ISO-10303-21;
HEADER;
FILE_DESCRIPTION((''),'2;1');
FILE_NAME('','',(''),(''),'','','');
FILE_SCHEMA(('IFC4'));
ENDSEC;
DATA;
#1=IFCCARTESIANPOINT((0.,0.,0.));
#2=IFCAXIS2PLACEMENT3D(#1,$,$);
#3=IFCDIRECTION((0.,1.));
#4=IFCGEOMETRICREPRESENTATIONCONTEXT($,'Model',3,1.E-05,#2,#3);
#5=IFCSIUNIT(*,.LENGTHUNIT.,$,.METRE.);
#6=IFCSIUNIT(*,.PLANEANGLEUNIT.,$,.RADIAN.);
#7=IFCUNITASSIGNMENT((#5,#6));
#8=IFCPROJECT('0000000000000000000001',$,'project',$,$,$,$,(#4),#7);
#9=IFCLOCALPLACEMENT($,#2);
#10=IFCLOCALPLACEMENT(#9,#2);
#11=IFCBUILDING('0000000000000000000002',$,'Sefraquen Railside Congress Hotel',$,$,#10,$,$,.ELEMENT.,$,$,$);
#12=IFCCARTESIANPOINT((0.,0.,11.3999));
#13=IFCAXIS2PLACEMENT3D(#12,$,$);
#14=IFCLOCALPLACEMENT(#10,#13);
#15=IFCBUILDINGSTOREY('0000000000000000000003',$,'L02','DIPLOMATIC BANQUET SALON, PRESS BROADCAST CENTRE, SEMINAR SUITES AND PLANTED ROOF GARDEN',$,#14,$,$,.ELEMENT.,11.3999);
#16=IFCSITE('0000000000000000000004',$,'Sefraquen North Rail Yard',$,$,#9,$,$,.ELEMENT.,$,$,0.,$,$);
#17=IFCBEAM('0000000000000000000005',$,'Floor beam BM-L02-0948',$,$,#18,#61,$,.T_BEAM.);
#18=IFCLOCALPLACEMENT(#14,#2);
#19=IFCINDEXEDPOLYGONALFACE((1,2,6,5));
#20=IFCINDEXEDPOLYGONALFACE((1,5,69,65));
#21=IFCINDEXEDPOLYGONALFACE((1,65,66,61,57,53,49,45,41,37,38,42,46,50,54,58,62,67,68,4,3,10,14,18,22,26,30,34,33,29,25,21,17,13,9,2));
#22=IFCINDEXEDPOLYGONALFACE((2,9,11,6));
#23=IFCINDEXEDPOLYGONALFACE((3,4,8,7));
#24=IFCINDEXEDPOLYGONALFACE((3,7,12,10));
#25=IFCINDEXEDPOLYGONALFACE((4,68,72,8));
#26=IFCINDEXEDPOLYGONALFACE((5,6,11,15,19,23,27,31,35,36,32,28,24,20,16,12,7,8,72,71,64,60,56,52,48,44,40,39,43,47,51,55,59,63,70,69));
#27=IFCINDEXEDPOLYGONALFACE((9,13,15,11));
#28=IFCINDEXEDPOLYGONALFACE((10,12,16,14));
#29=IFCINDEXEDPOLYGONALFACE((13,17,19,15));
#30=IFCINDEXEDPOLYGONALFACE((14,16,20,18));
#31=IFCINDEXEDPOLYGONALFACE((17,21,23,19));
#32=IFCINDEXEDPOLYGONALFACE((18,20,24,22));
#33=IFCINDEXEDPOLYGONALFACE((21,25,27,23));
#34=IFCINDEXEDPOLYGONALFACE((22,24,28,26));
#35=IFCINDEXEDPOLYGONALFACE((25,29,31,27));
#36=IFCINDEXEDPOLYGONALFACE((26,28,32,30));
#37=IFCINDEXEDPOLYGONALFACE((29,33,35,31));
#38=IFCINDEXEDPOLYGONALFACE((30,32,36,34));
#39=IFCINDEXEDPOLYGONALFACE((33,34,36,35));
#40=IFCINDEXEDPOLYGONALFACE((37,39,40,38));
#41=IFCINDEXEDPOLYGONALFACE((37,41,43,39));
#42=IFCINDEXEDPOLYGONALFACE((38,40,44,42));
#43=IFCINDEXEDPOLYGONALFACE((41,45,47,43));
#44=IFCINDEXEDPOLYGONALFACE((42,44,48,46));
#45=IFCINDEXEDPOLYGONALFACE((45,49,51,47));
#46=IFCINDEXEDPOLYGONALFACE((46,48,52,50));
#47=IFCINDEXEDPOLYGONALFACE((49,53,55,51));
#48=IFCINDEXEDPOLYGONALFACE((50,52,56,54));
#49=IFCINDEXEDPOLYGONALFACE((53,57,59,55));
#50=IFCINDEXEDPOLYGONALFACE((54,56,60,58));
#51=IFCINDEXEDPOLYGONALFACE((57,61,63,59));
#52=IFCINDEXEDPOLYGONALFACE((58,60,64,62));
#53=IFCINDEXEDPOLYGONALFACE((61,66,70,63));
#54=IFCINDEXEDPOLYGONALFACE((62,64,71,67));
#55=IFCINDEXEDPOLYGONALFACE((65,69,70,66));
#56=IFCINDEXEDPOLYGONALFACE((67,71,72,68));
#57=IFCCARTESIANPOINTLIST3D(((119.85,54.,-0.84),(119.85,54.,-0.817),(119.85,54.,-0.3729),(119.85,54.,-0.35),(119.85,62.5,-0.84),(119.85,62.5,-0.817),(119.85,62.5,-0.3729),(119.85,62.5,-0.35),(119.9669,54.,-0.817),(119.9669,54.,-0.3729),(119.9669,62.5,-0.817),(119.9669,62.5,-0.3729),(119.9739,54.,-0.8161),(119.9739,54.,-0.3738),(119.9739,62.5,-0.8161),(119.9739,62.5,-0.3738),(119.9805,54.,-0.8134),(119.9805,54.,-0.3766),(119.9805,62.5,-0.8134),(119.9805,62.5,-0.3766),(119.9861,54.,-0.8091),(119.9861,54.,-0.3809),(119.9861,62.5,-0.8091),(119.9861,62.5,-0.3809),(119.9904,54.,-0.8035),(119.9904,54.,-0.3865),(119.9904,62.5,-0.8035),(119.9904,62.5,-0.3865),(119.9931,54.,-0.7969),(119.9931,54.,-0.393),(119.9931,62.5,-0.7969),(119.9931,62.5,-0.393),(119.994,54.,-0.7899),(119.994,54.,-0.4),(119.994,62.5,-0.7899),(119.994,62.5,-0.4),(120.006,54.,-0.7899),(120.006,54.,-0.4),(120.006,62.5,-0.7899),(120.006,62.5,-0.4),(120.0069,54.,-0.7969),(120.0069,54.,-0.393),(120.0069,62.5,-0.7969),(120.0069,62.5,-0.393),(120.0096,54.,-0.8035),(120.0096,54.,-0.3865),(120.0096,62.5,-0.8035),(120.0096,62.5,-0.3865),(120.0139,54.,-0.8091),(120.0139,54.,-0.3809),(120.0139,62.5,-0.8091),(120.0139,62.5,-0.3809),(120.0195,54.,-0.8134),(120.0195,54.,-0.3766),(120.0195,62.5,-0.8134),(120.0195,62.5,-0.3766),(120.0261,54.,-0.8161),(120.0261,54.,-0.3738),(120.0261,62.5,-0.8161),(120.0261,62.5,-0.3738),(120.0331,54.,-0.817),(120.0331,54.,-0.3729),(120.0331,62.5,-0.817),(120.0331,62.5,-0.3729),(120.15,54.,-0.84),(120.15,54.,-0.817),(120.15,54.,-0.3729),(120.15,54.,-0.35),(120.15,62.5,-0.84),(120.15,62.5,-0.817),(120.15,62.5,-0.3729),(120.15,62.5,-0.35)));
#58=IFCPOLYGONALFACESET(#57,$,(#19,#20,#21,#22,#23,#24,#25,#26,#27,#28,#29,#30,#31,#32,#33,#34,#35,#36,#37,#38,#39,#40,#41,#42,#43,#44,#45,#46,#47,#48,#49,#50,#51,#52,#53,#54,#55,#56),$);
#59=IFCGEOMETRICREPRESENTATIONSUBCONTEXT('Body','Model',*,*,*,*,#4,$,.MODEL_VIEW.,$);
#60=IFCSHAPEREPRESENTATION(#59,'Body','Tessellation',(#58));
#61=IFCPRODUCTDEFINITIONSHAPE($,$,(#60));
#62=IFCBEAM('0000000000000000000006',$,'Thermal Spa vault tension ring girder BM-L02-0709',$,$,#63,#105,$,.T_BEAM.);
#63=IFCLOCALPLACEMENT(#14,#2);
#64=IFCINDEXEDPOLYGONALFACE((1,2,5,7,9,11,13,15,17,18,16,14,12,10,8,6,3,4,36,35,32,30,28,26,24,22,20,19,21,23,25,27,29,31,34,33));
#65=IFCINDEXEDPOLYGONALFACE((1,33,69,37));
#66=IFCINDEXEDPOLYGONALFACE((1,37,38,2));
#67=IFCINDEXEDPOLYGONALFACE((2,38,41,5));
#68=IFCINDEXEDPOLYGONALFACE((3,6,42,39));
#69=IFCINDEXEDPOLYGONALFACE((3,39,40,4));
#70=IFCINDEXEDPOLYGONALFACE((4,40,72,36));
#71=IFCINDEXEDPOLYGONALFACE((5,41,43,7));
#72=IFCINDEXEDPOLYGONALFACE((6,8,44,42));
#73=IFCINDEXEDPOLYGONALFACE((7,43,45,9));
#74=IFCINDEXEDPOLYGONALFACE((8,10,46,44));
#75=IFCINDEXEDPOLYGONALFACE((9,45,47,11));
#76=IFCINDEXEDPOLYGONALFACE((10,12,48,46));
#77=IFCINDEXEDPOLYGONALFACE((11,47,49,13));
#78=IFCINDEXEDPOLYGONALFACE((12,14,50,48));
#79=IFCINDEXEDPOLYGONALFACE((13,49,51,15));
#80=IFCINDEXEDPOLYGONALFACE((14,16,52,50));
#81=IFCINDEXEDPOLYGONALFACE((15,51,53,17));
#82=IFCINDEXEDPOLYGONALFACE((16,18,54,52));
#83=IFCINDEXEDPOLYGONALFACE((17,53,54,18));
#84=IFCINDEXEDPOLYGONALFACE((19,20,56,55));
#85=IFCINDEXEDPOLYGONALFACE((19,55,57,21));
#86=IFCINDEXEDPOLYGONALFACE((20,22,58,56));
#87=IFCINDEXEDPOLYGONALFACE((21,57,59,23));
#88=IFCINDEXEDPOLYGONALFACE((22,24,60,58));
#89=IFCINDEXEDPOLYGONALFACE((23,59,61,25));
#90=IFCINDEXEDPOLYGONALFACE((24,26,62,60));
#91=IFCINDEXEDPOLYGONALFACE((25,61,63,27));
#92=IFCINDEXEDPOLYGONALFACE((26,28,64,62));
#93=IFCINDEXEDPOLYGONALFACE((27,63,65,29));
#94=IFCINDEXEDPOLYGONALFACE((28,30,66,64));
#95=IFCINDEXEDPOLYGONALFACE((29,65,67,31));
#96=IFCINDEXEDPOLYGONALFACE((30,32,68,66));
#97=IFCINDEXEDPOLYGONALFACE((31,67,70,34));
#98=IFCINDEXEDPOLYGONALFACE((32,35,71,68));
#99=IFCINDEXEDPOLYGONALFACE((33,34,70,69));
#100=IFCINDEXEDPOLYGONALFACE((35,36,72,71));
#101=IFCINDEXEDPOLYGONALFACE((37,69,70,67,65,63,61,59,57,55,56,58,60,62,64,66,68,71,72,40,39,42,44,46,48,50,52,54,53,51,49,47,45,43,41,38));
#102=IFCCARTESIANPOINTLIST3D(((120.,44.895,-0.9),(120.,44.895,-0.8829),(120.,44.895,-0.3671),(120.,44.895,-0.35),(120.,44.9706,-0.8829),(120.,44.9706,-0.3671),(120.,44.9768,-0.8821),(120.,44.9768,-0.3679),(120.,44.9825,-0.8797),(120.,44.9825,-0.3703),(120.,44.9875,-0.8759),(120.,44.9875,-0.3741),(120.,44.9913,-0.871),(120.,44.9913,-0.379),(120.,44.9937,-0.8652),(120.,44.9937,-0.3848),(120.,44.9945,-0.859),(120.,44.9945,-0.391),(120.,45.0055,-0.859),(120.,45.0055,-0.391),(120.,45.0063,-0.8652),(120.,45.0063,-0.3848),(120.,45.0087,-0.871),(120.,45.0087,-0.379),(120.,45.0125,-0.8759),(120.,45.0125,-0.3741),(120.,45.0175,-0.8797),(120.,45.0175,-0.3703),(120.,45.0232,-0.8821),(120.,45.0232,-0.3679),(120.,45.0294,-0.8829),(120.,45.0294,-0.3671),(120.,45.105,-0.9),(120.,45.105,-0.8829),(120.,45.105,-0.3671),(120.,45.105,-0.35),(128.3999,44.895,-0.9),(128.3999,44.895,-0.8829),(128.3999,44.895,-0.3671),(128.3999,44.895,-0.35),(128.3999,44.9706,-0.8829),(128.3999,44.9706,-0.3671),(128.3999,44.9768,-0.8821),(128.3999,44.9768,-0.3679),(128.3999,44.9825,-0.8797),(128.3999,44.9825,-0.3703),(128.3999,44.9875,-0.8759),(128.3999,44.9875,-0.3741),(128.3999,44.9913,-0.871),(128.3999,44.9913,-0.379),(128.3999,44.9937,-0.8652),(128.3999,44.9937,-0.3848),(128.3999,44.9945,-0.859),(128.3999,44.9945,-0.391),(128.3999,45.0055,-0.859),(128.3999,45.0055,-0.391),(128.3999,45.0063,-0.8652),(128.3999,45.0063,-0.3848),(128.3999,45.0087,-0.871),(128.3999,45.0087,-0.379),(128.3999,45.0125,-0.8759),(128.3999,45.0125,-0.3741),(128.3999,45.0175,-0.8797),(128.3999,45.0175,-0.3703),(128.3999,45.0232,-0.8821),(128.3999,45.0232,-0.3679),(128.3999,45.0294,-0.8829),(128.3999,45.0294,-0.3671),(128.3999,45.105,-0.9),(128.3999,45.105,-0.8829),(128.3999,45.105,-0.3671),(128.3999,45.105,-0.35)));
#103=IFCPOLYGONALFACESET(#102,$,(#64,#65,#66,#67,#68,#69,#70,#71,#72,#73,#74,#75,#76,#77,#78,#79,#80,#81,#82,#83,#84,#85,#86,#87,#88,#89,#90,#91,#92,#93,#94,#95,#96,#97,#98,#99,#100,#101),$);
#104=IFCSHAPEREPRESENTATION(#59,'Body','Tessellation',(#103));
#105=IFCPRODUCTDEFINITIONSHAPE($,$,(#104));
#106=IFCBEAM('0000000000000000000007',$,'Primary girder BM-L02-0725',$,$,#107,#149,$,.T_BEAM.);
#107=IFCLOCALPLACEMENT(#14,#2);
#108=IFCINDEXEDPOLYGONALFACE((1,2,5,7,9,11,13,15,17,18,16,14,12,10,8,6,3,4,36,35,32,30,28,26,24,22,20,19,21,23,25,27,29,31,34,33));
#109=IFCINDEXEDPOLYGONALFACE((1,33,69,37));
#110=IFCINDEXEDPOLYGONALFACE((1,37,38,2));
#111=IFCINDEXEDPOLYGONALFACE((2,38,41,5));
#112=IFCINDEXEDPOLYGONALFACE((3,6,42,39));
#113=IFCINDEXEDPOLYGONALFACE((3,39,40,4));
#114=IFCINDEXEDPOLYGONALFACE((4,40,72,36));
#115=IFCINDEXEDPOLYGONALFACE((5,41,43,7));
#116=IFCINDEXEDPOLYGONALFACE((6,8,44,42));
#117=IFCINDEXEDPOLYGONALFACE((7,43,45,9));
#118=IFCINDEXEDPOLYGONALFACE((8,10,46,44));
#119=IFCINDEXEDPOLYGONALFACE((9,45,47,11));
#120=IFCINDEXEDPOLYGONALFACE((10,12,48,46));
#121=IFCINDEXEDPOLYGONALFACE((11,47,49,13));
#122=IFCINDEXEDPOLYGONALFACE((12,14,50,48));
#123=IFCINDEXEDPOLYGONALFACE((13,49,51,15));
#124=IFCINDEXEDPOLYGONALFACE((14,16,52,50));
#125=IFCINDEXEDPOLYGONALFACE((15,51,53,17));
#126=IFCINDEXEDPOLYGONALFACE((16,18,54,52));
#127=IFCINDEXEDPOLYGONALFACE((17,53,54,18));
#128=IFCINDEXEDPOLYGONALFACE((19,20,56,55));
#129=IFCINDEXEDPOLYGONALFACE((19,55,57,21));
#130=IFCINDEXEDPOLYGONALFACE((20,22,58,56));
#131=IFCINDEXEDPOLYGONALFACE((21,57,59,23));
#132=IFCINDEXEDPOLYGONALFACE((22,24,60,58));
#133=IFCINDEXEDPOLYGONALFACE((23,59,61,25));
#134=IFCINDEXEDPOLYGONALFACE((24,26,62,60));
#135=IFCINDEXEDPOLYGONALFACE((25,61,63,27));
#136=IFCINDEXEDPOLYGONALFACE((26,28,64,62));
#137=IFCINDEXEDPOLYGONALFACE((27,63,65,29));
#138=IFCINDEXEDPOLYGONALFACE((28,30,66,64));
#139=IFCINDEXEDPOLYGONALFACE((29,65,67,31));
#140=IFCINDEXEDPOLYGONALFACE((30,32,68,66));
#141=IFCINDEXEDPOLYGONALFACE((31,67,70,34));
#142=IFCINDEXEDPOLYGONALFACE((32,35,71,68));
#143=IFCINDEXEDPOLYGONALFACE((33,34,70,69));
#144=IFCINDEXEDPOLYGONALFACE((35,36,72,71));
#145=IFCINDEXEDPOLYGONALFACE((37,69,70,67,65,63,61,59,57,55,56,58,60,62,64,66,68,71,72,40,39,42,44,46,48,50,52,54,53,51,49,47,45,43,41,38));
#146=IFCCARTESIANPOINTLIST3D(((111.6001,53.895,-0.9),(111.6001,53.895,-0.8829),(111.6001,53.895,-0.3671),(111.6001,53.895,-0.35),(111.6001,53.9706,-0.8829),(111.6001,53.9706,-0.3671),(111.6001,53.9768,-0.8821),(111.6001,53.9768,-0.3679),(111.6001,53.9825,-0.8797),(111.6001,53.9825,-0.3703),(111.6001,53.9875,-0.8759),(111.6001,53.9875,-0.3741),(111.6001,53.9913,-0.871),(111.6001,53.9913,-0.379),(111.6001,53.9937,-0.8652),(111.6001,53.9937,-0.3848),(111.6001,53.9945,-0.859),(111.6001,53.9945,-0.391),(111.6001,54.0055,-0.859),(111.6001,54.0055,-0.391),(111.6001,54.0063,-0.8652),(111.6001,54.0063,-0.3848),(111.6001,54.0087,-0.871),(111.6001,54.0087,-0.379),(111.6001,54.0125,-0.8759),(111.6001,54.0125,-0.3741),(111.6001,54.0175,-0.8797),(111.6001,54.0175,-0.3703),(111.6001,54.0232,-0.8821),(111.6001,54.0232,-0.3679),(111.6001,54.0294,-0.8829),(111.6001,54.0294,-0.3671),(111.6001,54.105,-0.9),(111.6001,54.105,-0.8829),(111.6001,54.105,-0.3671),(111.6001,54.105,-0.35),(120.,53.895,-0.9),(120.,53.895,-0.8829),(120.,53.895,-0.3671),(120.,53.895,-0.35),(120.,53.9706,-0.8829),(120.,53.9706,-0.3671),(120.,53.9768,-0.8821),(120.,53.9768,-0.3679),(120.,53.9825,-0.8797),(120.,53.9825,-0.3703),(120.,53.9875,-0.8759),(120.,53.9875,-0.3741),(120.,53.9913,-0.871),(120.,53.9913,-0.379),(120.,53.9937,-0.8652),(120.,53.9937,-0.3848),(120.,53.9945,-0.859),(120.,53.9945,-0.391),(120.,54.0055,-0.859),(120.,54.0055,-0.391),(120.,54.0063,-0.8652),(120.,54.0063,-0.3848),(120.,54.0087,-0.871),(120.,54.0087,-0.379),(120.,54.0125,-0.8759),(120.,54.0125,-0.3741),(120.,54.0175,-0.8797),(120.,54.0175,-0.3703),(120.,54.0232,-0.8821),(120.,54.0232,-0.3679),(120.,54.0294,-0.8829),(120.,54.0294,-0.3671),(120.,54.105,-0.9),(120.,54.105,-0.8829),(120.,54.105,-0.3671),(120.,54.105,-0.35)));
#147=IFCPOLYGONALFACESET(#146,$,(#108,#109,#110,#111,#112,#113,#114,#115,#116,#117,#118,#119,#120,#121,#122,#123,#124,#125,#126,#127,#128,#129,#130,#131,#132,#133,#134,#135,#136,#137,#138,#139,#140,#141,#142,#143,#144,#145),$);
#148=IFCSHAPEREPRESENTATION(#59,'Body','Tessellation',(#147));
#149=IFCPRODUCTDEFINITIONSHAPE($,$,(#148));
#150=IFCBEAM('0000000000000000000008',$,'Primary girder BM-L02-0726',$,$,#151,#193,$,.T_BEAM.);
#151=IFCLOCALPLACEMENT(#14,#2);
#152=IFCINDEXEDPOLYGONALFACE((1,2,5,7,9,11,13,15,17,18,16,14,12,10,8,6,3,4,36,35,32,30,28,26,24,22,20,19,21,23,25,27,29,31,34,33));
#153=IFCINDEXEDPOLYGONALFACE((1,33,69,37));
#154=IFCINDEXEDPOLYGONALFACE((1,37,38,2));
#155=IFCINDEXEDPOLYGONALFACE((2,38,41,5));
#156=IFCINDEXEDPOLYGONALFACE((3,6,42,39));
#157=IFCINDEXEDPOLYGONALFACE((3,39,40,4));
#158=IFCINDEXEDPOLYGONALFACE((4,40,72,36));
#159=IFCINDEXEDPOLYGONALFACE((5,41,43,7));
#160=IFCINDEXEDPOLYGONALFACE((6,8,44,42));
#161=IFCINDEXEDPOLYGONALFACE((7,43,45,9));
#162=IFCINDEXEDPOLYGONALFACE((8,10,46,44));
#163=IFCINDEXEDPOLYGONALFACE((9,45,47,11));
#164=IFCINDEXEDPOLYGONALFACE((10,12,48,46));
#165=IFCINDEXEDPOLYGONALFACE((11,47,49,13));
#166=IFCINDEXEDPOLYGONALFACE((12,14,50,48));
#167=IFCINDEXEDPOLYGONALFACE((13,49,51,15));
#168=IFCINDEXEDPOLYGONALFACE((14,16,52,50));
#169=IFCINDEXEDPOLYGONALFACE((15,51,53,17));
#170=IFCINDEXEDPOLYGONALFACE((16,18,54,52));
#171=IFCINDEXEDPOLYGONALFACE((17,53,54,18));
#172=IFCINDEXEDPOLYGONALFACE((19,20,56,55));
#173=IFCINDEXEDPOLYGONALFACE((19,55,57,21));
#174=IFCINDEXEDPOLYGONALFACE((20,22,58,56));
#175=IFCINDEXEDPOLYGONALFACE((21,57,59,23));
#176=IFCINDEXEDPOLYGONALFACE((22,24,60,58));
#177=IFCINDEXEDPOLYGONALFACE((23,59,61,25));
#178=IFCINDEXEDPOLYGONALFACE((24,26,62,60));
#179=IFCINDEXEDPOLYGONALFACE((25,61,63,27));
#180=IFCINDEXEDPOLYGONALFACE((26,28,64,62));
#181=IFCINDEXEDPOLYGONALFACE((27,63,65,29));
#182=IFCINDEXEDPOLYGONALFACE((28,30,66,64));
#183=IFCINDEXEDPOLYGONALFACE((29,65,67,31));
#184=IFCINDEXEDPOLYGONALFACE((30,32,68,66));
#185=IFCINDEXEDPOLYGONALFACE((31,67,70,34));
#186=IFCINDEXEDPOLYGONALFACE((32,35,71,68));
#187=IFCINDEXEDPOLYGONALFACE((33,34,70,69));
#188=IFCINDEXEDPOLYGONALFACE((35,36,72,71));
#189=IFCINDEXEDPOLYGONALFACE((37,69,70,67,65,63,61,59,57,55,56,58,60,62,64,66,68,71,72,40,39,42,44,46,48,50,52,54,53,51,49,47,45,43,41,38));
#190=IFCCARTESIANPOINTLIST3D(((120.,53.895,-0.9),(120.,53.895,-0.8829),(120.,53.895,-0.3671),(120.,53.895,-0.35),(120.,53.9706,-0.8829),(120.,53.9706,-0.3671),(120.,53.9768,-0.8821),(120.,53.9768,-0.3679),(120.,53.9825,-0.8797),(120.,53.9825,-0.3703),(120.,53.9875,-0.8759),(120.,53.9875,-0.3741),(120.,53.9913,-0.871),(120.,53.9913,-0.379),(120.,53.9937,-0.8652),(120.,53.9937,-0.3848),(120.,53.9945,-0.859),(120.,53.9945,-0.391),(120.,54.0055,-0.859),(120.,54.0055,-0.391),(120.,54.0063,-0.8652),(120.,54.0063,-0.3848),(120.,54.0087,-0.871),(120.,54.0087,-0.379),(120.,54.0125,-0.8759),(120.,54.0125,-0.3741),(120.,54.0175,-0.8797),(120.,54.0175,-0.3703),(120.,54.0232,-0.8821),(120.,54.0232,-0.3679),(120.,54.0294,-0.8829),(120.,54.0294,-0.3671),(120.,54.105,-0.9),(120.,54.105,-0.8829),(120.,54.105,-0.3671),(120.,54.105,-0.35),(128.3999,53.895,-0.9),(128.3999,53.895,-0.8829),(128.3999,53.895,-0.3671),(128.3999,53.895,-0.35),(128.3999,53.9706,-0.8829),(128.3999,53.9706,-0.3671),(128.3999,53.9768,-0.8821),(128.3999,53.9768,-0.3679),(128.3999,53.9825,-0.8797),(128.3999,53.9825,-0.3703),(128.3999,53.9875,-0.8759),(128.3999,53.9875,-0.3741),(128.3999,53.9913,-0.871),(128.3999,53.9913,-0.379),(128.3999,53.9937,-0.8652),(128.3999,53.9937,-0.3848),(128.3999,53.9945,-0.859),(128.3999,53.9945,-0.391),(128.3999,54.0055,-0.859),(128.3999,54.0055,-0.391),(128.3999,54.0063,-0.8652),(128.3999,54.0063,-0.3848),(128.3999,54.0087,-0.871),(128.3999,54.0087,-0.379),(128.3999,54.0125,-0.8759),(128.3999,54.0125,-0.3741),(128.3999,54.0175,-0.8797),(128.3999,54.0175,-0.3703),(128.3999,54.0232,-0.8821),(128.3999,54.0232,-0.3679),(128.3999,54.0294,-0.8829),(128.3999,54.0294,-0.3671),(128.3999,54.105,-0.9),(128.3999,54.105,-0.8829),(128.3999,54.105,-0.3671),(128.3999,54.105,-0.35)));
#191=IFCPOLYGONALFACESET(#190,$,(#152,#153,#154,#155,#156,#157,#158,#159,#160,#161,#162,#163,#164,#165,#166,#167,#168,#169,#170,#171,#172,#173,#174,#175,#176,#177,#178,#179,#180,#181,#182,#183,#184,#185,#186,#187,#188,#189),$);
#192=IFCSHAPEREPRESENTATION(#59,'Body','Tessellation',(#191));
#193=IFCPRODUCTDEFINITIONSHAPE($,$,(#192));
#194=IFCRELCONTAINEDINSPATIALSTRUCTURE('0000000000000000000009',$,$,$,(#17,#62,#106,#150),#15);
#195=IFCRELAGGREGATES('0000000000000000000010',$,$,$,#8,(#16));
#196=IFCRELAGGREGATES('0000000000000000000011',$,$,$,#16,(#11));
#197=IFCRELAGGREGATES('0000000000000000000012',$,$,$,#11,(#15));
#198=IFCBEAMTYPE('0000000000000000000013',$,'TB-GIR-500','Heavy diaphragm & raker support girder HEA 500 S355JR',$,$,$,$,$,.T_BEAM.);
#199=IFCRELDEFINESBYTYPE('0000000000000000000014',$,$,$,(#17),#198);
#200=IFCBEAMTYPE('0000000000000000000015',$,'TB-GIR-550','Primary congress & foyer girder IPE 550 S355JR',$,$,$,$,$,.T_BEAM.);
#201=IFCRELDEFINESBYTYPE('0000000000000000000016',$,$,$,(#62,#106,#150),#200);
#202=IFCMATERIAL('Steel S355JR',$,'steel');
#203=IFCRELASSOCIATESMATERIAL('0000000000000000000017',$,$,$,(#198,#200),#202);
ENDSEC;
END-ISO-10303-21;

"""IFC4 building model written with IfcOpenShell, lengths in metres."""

from ifc_helpers import new_model, si_unit, direction, frame, origin, origin_2d, place, context, subcontext, project, spatial, i_section, extrude, material, material_profile, profile_set, type_object, element, save


model = new_model("IFC4")

# Units and contexts
model_context = context("Model", 3, precision=1e-05, world=origin(), true_north=direction((0.0, 1.0)))
body_context = subcontext(model_context, "Body", "Model", "MODEL_VIEW")
ifc_project = project(units=[si_unit("LENGTHUNIT", "METRE"), si_unit("PLANEANGLEUNIT", "RADIAN")], contexts=[model_context])

# Site, building, storey
site_placement = place(None, origin())
site = spatial("IfcSite", under=ifc_project, at=site_placement, Name="Sefraquen North Rail Yard", CompositionType="ELEMENT", RefElevation=0.0)
building_placement = place(site_placement, origin())
building = spatial("IfcBuilding", under=site, at=building_placement, Name="Sefraquen Railside Congress Hotel", CompositionType="ELEMENT")
storey_placement = place(building_placement, frame((0.0, 0.0, 11.3999)))
storey = spatial("IfcBuildingStorey", under=building, at=storey_placement, Name="L02", Description="DIPLOMATIC BANQUET SALON, PRESS BROADCAST CENTRE, SEMINAR SUITES AND PLANTED ROOF GARDEN", CompositionType="ELEMENT", Elevation=11.3999)

# Shared definitions
ifc_material_1 = material(Name="Steel S355JR", Category="steel")

# Beams
ifc_material_profile_1 = material_profile(ifc_material_1, i_section(OverallWidth=0.3, OverallDepth=0.49, WebThickness=0.012, FlangeThickness=0.0229, FilletRadius=0.0271, at=origin_2d()), Name="HEA 500")
ifc_profile_set_1 = profile_set([ifc_material_profile_1], Name="Steel S355JR")
beam_type_1 = type_object("IfcBeamType", Name="TB-GIR-500", Description="Heavy diaphragm & raker support girder HEA 500 S355JR", PredefinedType="T_BEAM", material=ifc_profile_set_1)
beam_1_placement = place(storey_placement, frame((120.0, 54.0, -0.595), z_axis=(0.0, 1.0, 0.0), x_axis=(-1.0, 0.0, 0.0)))
element("IfcBeam", 1, at=beam_1_placement, inside=storey, type_object=beam_type_1, Name="Floor beam BM-L02-0948", PredefinedType="T_BEAM", context=body_context, shape_type="SweptSolid", body=[
    extrude(i_section(OverallWidth=0.3, OverallDepth=0.49, WebThickness=0.012, FlangeThickness=0.0229, FilletRadius=0.0271, at=origin_2d()), origin(), (0.0, 0.0, 1.0), 8.5),
])
ifc_material_profile_2 = material_profile(ifc_material_1, i_section(OverallWidth=0.21, OverallDepth=0.55, WebThickness=0.011, FlangeThickness=0.0171, FilletRadius=0.0239, at=origin_2d()), Name="IPE 550")
ifc_profile_set_2 = profile_set([ifc_material_profile_2], Name="Steel S355JR")
beam_type_2 = type_object("IfcBeamType", Name="TB-GIR-550", Description="Primary congress & foyer girder IPE 550 S355JR", PredefinedType="T_BEAM", material=ifc_profile_set_2)
for number, where, z_axis, x_axis, name in (
    (2, (120.0, 45.0, -0.625), (1.0, 0.0, 0.0), (0.0, 1.0, 0.0), "Thermal Spa vault tension ring girder BM-L02-0709"),
    (3, (111.6001, 54.0, -0.625), (1.0, 0.0, 0.0), (0.0, 1.0, 0.0), "Primary girder BM-L02-0725"),
    (4, (120.0, 54.0, -0.625), (1.0, 0.0, 0.0), (0.0, 1.0, 0.0), "Primary girder BM-L02-0726"),
):
    element("IfcBeam", number, at=place(storey_placement, frame(where, z_axis=z_axis, x_axis=x_axis)), inside=storey, type_object=beam_type_2, Name=name, PredefinedType="T_BEAM", context=body_context, shape_type="SweptSolid", body=[
        extrude(i_section(OverallWidth=0.21, OverallDepth=0.55, WebThickness=0.011, FlangeThickness=0.0171, FilletRadius=0.0239, at=origin_2d()), origin(), (0.0, 0.0, 1.0), 8.3999),
    ])

save(model, "model.ifc")
